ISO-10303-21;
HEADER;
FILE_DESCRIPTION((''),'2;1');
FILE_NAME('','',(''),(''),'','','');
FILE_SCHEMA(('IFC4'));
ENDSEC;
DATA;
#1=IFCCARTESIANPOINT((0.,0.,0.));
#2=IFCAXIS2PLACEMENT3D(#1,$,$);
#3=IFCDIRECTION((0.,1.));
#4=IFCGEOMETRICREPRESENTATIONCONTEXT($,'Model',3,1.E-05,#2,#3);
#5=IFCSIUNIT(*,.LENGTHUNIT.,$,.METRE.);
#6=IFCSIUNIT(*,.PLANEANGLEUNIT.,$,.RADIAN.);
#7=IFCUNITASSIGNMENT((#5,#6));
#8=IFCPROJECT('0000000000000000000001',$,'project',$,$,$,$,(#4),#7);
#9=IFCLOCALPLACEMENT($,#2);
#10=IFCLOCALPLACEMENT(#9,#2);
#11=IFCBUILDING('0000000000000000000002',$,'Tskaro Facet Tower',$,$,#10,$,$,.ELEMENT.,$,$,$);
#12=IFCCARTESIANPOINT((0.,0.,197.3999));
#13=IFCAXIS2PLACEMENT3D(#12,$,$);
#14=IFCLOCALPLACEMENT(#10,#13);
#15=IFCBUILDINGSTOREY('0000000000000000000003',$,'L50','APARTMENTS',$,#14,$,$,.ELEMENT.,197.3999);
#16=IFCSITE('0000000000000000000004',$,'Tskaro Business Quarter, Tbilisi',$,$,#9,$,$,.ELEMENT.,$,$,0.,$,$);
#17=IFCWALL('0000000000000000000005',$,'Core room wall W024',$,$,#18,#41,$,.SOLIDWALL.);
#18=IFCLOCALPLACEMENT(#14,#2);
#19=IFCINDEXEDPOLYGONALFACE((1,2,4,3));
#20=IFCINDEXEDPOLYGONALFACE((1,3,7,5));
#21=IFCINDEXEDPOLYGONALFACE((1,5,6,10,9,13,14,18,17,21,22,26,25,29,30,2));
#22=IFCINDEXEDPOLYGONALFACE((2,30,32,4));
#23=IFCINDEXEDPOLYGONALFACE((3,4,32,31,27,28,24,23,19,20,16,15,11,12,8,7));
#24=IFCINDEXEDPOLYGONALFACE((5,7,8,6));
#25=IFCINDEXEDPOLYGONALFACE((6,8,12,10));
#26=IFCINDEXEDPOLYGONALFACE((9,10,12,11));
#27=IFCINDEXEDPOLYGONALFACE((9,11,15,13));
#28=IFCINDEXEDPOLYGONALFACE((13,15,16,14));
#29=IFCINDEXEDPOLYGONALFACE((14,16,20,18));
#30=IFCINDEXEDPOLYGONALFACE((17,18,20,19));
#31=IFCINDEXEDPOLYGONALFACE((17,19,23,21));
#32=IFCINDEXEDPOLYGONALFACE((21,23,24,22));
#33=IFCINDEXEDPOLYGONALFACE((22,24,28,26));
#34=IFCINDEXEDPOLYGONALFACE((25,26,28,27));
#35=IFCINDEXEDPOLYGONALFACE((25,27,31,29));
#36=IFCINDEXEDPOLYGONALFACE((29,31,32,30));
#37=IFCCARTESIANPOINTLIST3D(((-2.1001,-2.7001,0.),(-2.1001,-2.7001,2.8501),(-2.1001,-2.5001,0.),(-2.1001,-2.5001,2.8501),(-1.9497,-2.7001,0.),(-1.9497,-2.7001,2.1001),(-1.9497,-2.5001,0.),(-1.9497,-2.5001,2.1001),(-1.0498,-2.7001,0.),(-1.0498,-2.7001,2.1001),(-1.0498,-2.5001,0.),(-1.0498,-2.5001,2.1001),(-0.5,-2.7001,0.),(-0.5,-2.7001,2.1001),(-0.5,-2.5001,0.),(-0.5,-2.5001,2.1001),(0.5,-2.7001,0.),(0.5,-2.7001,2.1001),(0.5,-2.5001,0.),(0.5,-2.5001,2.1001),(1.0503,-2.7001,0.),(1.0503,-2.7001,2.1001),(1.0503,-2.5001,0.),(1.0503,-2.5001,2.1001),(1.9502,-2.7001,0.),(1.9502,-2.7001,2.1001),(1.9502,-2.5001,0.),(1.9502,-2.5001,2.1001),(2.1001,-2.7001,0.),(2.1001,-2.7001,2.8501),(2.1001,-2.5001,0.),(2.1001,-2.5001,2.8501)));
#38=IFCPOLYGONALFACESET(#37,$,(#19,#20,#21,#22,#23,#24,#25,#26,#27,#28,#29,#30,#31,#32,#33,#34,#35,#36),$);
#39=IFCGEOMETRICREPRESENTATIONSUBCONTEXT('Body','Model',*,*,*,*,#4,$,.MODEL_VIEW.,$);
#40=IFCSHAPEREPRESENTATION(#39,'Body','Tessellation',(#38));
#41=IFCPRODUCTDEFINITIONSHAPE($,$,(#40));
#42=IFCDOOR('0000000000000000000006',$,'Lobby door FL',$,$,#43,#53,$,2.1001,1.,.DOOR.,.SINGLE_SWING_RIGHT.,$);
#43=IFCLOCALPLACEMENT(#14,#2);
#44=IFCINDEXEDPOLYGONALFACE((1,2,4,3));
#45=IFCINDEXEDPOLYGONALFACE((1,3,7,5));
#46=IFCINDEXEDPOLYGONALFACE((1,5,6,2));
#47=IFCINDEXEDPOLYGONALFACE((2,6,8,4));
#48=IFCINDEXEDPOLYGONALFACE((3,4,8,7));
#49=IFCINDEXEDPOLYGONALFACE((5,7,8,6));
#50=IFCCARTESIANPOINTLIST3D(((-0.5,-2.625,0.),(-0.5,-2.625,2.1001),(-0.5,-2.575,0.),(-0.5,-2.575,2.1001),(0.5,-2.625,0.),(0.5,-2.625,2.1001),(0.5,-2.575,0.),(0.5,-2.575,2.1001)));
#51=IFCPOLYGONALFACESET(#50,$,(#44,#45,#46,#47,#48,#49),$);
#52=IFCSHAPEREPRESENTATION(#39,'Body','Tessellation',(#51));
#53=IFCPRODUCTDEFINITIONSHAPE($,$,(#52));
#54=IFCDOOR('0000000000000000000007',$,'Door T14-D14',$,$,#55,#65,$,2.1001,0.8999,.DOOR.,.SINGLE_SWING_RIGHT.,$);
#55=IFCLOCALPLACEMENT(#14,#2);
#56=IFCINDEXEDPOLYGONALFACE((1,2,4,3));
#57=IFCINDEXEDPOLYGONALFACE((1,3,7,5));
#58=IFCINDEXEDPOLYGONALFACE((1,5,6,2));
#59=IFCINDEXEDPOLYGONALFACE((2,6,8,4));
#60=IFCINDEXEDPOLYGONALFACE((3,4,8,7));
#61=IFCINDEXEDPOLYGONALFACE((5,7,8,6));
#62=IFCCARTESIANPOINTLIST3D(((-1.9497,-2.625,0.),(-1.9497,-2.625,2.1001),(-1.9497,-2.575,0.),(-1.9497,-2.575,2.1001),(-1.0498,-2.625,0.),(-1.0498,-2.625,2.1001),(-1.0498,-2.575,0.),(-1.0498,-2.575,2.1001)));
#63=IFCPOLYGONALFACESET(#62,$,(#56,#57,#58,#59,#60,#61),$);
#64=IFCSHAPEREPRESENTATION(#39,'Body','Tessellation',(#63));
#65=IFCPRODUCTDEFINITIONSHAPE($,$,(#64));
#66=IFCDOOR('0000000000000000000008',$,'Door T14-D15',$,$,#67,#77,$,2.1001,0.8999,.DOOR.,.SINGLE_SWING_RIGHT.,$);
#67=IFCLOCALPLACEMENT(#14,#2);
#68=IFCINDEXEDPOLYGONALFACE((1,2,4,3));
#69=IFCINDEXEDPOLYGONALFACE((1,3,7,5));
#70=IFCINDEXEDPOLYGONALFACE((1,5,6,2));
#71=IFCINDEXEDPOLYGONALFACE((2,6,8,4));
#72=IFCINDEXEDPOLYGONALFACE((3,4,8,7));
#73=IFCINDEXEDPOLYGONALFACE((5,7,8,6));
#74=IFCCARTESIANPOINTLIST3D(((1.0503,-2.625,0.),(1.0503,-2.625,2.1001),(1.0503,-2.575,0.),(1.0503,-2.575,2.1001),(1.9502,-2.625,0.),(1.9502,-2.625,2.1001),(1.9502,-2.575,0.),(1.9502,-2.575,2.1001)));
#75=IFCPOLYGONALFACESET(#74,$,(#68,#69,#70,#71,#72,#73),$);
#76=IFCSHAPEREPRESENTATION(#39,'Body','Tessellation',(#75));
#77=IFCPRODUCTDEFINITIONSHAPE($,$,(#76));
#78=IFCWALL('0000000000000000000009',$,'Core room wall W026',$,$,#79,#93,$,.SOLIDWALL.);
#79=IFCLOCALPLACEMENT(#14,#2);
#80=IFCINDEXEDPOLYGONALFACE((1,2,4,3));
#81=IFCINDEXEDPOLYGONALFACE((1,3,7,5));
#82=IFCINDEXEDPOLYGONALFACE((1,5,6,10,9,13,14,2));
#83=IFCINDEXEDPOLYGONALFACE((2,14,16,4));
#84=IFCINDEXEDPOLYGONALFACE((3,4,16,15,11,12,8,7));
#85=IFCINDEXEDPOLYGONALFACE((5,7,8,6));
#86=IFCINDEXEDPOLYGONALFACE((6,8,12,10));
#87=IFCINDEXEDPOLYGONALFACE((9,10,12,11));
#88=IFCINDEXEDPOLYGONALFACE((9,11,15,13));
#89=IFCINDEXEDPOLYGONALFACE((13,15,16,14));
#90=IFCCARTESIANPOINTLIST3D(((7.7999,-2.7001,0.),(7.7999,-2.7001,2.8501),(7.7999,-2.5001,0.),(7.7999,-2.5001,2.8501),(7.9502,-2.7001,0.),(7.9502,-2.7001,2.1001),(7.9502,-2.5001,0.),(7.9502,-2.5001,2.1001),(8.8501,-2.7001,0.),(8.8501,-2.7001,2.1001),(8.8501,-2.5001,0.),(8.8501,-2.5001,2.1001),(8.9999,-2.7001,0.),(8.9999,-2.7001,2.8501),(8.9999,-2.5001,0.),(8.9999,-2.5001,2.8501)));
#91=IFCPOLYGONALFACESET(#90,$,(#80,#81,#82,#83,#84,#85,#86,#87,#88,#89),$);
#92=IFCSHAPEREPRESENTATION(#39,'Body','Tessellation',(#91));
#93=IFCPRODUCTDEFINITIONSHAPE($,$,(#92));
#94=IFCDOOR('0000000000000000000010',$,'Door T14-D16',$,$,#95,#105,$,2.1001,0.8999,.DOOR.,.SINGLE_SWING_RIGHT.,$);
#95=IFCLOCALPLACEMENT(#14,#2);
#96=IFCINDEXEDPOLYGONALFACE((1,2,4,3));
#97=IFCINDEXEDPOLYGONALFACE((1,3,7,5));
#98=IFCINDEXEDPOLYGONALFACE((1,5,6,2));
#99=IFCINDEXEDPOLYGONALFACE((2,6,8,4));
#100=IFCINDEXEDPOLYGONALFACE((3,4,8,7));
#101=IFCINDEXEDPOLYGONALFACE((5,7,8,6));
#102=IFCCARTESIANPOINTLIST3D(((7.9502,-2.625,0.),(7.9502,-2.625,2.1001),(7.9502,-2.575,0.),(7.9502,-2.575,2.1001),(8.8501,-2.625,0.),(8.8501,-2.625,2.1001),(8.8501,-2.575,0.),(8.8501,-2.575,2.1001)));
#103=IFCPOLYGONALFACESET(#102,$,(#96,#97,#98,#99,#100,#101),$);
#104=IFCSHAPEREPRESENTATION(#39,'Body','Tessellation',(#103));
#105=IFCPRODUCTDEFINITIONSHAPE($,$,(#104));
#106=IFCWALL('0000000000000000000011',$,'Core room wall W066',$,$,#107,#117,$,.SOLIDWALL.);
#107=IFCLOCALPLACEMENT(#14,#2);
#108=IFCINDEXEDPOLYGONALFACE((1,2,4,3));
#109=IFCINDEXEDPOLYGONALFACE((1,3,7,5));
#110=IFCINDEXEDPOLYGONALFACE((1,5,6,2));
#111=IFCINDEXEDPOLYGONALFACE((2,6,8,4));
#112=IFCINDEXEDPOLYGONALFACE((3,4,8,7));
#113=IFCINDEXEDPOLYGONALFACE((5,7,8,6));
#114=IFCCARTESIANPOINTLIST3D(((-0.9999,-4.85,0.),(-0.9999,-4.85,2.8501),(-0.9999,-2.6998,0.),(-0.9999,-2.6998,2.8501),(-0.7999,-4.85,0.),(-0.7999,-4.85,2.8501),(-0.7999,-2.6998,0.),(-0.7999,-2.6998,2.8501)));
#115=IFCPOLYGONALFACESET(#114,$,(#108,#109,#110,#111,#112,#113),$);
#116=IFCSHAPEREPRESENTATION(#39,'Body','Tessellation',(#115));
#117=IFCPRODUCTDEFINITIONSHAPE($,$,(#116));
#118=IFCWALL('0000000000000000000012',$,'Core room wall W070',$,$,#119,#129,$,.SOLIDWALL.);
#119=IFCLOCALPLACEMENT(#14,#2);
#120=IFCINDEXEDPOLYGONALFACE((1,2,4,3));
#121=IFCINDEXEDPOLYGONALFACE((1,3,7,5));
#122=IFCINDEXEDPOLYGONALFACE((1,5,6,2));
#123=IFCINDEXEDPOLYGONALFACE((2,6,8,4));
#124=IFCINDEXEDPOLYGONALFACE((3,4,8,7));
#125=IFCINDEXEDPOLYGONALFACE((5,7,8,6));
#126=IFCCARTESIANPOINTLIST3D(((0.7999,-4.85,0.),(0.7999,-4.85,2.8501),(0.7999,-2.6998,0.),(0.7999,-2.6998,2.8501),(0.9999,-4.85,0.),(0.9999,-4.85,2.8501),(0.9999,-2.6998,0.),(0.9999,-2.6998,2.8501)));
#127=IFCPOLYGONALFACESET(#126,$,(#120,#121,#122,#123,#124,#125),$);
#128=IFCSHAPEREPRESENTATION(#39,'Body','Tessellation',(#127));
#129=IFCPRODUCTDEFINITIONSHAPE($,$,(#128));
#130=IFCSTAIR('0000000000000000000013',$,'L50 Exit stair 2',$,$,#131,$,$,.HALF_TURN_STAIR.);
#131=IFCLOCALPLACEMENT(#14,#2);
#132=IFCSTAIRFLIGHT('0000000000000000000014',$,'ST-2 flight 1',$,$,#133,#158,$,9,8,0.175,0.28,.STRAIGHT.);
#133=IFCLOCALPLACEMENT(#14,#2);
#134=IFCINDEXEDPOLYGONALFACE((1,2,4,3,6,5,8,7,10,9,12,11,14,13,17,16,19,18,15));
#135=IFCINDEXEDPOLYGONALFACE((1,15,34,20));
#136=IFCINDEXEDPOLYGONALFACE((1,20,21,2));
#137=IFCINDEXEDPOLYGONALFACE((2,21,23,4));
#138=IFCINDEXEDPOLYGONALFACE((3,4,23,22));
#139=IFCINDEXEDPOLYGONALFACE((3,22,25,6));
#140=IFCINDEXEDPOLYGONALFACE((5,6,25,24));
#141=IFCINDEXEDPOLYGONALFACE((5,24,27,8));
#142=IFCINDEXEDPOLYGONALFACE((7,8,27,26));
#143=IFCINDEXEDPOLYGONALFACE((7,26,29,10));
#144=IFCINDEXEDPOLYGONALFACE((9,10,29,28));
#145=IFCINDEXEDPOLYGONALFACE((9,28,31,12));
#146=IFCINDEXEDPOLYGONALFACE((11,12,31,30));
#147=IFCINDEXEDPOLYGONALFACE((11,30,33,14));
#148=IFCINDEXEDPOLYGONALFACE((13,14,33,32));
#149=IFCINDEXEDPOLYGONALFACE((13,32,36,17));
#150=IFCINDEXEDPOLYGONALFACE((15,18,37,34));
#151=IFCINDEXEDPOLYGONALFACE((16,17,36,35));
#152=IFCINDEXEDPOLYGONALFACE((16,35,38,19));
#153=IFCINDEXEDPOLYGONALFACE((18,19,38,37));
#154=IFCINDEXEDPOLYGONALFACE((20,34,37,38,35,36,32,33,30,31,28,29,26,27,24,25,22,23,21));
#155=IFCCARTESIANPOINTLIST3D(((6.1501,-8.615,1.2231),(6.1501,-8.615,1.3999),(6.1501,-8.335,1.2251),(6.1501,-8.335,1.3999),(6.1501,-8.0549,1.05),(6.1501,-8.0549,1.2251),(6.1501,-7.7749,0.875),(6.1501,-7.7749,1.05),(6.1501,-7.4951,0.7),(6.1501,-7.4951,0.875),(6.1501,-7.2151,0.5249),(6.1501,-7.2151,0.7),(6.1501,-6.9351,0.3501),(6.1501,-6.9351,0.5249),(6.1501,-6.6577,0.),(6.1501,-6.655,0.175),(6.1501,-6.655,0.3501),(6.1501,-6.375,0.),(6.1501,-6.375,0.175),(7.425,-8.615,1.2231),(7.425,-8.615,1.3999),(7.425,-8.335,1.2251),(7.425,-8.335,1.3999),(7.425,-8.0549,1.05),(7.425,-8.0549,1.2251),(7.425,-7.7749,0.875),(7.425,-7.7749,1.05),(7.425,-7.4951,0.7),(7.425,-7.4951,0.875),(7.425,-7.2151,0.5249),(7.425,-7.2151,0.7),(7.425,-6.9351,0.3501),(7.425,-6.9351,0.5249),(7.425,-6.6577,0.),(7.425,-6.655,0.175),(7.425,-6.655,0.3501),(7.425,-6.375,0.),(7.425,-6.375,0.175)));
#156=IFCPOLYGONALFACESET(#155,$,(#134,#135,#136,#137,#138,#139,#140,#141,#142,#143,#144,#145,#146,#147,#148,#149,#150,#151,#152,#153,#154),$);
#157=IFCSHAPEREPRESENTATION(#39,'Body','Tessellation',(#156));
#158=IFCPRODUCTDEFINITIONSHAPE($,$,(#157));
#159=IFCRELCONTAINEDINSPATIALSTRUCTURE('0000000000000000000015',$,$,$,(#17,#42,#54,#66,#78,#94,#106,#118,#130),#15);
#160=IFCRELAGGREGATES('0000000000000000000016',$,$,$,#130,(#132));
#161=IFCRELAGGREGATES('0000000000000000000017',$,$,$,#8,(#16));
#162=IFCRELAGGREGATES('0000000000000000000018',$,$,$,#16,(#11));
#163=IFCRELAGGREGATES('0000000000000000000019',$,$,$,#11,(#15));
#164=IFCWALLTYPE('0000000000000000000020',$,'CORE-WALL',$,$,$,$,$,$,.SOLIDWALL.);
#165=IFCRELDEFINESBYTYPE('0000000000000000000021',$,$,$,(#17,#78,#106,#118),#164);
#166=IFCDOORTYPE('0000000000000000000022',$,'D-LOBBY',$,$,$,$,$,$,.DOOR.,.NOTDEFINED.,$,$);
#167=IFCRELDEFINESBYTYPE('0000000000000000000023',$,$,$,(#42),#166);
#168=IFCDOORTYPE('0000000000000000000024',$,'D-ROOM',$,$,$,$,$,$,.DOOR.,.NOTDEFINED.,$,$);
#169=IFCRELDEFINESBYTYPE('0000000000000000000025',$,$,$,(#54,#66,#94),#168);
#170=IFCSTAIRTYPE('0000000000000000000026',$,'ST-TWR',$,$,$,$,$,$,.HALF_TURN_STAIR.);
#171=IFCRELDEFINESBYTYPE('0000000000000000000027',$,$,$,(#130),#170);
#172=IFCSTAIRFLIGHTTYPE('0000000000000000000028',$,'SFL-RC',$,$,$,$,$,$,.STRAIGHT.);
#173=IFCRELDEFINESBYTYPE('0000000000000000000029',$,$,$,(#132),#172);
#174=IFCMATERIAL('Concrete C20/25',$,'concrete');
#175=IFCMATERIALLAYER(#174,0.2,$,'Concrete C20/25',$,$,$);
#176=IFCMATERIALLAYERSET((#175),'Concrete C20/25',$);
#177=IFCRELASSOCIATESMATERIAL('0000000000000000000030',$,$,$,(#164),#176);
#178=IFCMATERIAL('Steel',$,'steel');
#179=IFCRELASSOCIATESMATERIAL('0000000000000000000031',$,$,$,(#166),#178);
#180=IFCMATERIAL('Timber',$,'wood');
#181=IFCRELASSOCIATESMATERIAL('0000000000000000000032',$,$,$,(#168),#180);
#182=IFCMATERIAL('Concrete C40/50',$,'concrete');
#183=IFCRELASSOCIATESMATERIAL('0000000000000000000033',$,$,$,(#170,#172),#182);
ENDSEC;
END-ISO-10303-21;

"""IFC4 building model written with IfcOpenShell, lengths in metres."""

from ifc_helpers import new_model, si_unit, direction, frame, frame_2d, origin, place, context, subcontext, project, spatial, polyline, rectangle, outline, extrude, material, layer, layer_set, type_object, element, fill, aggregate, save


model = new_model("IFC4")

# Units and contexts
model_context = context("Model", 3, precision=1e-05, world=origin(), true_north=direction((0.0, 1.0)))
body_context = subcontext(model_context, "Body", "Model", "MODEL_VIEW")
ifc_project = project(units=[si_unit("LENGTHUNIT", "METRE"), si_unit("PLANEANGLEUNIT", "RADIAN")], contexts=[model_context])

# Site, building, storey
site_placement = place(None, origin())
site = spatial("IfcSite", under=ifc_project, at=site_placement, Name="Tskaro Business Quarter, Tbilisi", CompositionType="ELEMENT", RefElevation=0.0)
building_placement = place(site_placement, origin())
building = spatial("IfcBuilding", under=site, at=building_placement, Name="Tskaro Facet Tower", CompositionType="ELEMENT")
storey_placement = place(building_placement, frame((0.0, 0.0, 197.3999)))
storey = spatial("IfcBuildingStorey", under=building, at=storey_placement, Name="L50", Description="APARTMENTS", CompositionType="ELEMENT", Elevation=197.3999)

# Shared definitions
ifc_material_1 = material(Name="Steel", Category="steel")

# Shared definitions
ifc_material_2 = material(Name="Concrete C20/25", Category="concrete")
ifc_layer_1 = layer(ifc_material_2, 0.2, Name="Concrete C20/25")
ifc_layer_set_1 = layer_set([ifc_layer_1], Name="Concrete C20/25")
wall_type_1 = type_object("IfcWallType", Name="CORE-WALL", PredefinedType="SOLIDWALL", material=ifc_layer_set_1)

# Wall, openings, doors
wall_1_placement = place(storey_placement, frame((2.1001, -2.6001, 0.0), z_axis=(0.0, 0.0, 1.0), x_axis=(-1.0, 0.0, 0.0)))
wall_1 = element("IfcWall", 1, at=wall_1_placement, inside=storey, type_object=wall_type_1, Name="Core room wall W024", PredefinedType="SOLIDWALL", context=body_context, shape_type="SweptSolid", body=[
    extrude(rectangle(XDim=4.2002, YDim=0.2, at=frame_2d((2.1001, 0.0))), origin(), (0.0, 0.0, 1.0), 2.8501),
])
opening_1_placement = place(wall_1_placement, frame((1.6001, 0.0, 0.0)))
opening_1 = element("IfcOpeningElement", 2, at=opening_1_placement, cuts=wall_1, PredefinedType="OPENING", context=body_context, shape_type="SweptSolid", body=[
    extrude(rectangle(XDim=1.0, YDim=2.1001, at=frame_2d((0.5, 1.05))), frame((0.0, 0.1099, 0.0), z_axis=(0.0, -1.0, 0.0), x_axis=(1.0, 0.0, 0.0)), (0.0, 0.0, 1.0), 0.22),
])
opening_2_placement = place(wall_1_placement, frame((3.1499, 0.0, 0.0)))
opening_2 = element("IfcOpeningElement", 3, at=opening_2_placement, cuts=wall_1, PredefinedType="OPENING", context=body_context, shape_type="SweptSolid", body=[
    extrude(rectangle(XDim=0.8999, YDim=2.1001, at=frame_2d((0.45, 1.05))), frame((0.0, 0.1099, 0.0), z_axis=(0.0, -1.0, 0.0), x_axis=(1.0, 0.0, 0.0)), (0.0, 0.0, 1.0), 0.22),
])
opening_3_placement = place(wall_1_placement, frame((0.1499, 0.0, 0.0)))
opening_3 = element("IfcOpeningElement", 4, at=opening_3_placement, cuts=wall_1, PredefinedType="OPENING", context=body_context, shape_type="SweptSolid", body=[
    extrude(rectangle(XDim=0.8999, YDim=2.1001, at=frame_2d((0.45, 1.05))), frame((0.0, 0.1099, 0.0), z_axis=(0.0, -1.0, 0.0), x_axis=(1.0, 0.0, 0.0)), (0.0, 0.0, 1.0), 0.22),
])
door_type_1 = type_object("IfcDoorType", Name="D-LOBBY", OperationType="NOTDEFINED", PredefinedType="DOOR", material=ifc_material_1)
door_1_placement = place(opening_1_placement, origin())
door_1 = element("IfcDoor", 5, at=door_1_placement, inside=storey, type_object=door_type_1, Name="Lobby door FL", OperationType="SINGLE_SWING_RIGHT", OverallHeight=2.1001, OverallWidth=1.0, PredefinedType="DOOR", context=body_context, shape_type="SweptSolid", body=[
    extrude(rectangle(XDim=1.0, YDim=2.1001, at=frame_2d((0.5, 1.05))), frame((0.0, 0.0249, 0.0), z_axis=(0.0, -1.0, 0.0), x_axis=(1.0, 0.0, 0.0)), (0.0, 0.0, 1.0), 0.05),
])
fill(opening_1, door_1)
ifc_material_3 = material(Name="Timber", Category="wood")
door_type_2 = type_object("IfcDoorType", Name="D-ROOM", OperationType="NOTDEFINED", PredefinedType="DOOR", material=ifc_material_3)
door_2_placement = place(opening_2_placement, origin())
door_2 = element("IfcDoor", 6, at=door_2_placement, inside=storey, type_object=door_type_2, Name="Door T14-D14", OperationType="SINGLE_SWING_RIGHT", OverallHeight=2.1001, OverallWidth=0.8999, PredefinedType="DOOR", context=body_context, shape_type="SweptSolid", body=[
    extrude(rectangle(XDim=0.8999, YDim=2.1001, at=frame_2d((0.45, 1.05))), frame((0.0, 0.0249, 0.0), z_axis=(0.0, -1.0, 0.0), x_axis=(1.0, 0.0, 0.0)), (0.0, 0.0, 1.0), 0.05),
])
fill(opening_2, door_2)
door_3_placement = place(opening_3_placement, origin())
door_3 = element("IfcDoor", 7, at=door_3_placement, inside=storey, type_object=door_type_2, Name="Door T14-D15", OperationType="SINGLE_SWING_RIGHT", OverallHeight=2.1001, OverallWidth=0.8999, PredefinedType="DOOR", context=body_context, shape_type="SweptSolid", body=[
    extrude(rectangle(XDim=0.8999, YDim=2.1001, at=frame_2d((0.45, 1.05))), frame((0.0, 0.0249, 0.0), z_axis=(0.0, -1.0, 0.0), x_axis=(1.0, 0.0, 0.0)), (0.0, 0.0, 1.0), 0.05),
])
fill(opening_3, door_3)

# Wall, opening, door
wall_2_placement = place(storey_placement, frame((9.0, -2.6001, 0.0), z_axis=(0.0, 0.0, 1.0), x_axis=(-1.0, 0.0, 0.0)))
wall_2 = element("IfcWall", 8, at=wall_2_placement, inside=storey, type_object=wall_type_1, Name="Core room wall W026", PredefinedType="SOLIDWALL", context=body_context, shape_type="SweptSolid", body=[
    extrude(rectangle(XDim=1.2, YDim=0.2, at=frame_2d((0.6001, 0.0))), origin(), (0.0, 0.0, 1.0), 2.8501),
])
opening_4_placement = place(wall_2_placement, frame((0.1499, 0.0, 0.0)))
opening_4 = element("IfcOpeningElement", 9, at=opening_4_placement, cuts=wall_2, PredefinedType="OPENING", context=body_context, shape_type="SweptSolid", body=[
    extrude(rectangle(XDim=0.8999, YDim=2.1001, at=frame_2d((0.45, 1.05))), frame((0.0, 0.1099, 0.0), z_axis=(0.0, -1.0, 0.0), x_axis=(1.0, 0.0, 0.0)), (0.0, 0.0, 1.0), 0.22),
])
door_4_placement = place(opening_4_placement, origin())
door_4 = element("IfcDoor", 10, at=door_4_placement, inside=storey, type_object=door_type_2, Name="Door T14-D16", OperationType="SINGLE_SWING_RIGHT", OverallHeight=2.1001, OverallWidth=0.8999, PredefinedType="DOOR", context=body_context, shape_type="SweptSolid", body=[
    extrude(rectangle(XDim=0.8999, YDim=2.1001, at=frame_2d((0.45, 1.05))), frame((0.0, 0.0249, 0.0), z_axis=(0.0, -1.0, 0.0), x_axis=(1.0, 0.0, 0.0)), (0.0, 0.0, 1.0), 0.05),
])
fill(opening_4, door_4)

# Walls
for number, where, z_axis, x_axis, name in (
    (11, (-0.8999, -4.8501, 0.0), (0.0, 0.0, 1.0), (0.0, 1.0, 0.0), "Core room wall W066"),
    (12, (0.8999, -4.8501, 0.0), (0.0, 0.0, 1.0), (0.0, 1.0, 0.0), "Core room wall W070"),
):
    element("IfcWall", number, at=place(storey_placement, frame(where, z_axis=z_axis, x_axis=x_axis)), inside=storey, type_object=wall_type_1, Name=name, PredefinedType="SOLIDWALL", context=body_context, shape_type="SweptSolid", body=[
        extrude(rectangle(XDim=2.1501, YDim=0.2, at=frame_2d((1.0752, 0.0))), origin(), (0.0, 0.0, 1.0), 2.8501),
    ])

# Stair, stair flight
ifc_material_4 = material(Name="Concrete C40/50", Category="concrete")
stair_type = type_object("IfcStairType", Name="ST-TWR", PredefinedType="HALF_TURN_STAIR", material=ifc_material_4)
stair_placement = place(storey_placement, origin())
stair = element("IfcStair", 13, at=stair_placement, inside=storey, type_object=stair_type, Name="L50 Exit stair 2", PredefinedType="HALF_TURN_STAIR")
stair_flight_type = type_object("IfcStairFlightType", Name="SFL-RC", PredefinedType="STRAIGHT", material=ifc_material_4)
stair_flight_1_placement = place(storey_placement, frame((6.7876, -6.375, 0.0), z_axis=(0.0, 0.0, 1.0), x_axis=(0.0, -1.0, 0.0)))
stair_flight_1 = element("IfcStairFlight", 14, at=stair_flight_1_placement, type_object=stair_flight_type, Name="ST-2 flight 1", NumberOfRisers=9, NumberOfTreads=8, PredefinedType="STRAIGHT", RiserHeight=0.175, TreadLength=0.28, context=body_context, shape_type="SweptSolid", body=[
    extrude(outline(polyline([(0.0, 0.0), (0.0, 0.175), (0.28, 0.175), (0.28, 0.3501), (0.5601, 0.3501), (0.5601, 0.5249), (0.8401, 0.5249), (0.8401, 0.7), (1.1201, 0.7), (1.1201, 0.875), (1.3999, 0.875), (1.3999, 1.05), (1.6799, 1.05), (1.6799, 1.2251), (1.96, 1.2251), (1.96, 1.3999), (2.24, 1.3999), (2.24, 1.575), (2.24, 1.2231), (0.2827, 0.0), (0.0, 0.0)])), frame((0.0, 0.6375, 0.0), z_axis=(0.0, -1.0, 0.0), x_axis=(1.0, 0.0, 0.0)), (0.0, 0.0, 1.0), 1.2749),
])
aggregate(stair, [stair_flight_1])

save(model, "model.ifc")
